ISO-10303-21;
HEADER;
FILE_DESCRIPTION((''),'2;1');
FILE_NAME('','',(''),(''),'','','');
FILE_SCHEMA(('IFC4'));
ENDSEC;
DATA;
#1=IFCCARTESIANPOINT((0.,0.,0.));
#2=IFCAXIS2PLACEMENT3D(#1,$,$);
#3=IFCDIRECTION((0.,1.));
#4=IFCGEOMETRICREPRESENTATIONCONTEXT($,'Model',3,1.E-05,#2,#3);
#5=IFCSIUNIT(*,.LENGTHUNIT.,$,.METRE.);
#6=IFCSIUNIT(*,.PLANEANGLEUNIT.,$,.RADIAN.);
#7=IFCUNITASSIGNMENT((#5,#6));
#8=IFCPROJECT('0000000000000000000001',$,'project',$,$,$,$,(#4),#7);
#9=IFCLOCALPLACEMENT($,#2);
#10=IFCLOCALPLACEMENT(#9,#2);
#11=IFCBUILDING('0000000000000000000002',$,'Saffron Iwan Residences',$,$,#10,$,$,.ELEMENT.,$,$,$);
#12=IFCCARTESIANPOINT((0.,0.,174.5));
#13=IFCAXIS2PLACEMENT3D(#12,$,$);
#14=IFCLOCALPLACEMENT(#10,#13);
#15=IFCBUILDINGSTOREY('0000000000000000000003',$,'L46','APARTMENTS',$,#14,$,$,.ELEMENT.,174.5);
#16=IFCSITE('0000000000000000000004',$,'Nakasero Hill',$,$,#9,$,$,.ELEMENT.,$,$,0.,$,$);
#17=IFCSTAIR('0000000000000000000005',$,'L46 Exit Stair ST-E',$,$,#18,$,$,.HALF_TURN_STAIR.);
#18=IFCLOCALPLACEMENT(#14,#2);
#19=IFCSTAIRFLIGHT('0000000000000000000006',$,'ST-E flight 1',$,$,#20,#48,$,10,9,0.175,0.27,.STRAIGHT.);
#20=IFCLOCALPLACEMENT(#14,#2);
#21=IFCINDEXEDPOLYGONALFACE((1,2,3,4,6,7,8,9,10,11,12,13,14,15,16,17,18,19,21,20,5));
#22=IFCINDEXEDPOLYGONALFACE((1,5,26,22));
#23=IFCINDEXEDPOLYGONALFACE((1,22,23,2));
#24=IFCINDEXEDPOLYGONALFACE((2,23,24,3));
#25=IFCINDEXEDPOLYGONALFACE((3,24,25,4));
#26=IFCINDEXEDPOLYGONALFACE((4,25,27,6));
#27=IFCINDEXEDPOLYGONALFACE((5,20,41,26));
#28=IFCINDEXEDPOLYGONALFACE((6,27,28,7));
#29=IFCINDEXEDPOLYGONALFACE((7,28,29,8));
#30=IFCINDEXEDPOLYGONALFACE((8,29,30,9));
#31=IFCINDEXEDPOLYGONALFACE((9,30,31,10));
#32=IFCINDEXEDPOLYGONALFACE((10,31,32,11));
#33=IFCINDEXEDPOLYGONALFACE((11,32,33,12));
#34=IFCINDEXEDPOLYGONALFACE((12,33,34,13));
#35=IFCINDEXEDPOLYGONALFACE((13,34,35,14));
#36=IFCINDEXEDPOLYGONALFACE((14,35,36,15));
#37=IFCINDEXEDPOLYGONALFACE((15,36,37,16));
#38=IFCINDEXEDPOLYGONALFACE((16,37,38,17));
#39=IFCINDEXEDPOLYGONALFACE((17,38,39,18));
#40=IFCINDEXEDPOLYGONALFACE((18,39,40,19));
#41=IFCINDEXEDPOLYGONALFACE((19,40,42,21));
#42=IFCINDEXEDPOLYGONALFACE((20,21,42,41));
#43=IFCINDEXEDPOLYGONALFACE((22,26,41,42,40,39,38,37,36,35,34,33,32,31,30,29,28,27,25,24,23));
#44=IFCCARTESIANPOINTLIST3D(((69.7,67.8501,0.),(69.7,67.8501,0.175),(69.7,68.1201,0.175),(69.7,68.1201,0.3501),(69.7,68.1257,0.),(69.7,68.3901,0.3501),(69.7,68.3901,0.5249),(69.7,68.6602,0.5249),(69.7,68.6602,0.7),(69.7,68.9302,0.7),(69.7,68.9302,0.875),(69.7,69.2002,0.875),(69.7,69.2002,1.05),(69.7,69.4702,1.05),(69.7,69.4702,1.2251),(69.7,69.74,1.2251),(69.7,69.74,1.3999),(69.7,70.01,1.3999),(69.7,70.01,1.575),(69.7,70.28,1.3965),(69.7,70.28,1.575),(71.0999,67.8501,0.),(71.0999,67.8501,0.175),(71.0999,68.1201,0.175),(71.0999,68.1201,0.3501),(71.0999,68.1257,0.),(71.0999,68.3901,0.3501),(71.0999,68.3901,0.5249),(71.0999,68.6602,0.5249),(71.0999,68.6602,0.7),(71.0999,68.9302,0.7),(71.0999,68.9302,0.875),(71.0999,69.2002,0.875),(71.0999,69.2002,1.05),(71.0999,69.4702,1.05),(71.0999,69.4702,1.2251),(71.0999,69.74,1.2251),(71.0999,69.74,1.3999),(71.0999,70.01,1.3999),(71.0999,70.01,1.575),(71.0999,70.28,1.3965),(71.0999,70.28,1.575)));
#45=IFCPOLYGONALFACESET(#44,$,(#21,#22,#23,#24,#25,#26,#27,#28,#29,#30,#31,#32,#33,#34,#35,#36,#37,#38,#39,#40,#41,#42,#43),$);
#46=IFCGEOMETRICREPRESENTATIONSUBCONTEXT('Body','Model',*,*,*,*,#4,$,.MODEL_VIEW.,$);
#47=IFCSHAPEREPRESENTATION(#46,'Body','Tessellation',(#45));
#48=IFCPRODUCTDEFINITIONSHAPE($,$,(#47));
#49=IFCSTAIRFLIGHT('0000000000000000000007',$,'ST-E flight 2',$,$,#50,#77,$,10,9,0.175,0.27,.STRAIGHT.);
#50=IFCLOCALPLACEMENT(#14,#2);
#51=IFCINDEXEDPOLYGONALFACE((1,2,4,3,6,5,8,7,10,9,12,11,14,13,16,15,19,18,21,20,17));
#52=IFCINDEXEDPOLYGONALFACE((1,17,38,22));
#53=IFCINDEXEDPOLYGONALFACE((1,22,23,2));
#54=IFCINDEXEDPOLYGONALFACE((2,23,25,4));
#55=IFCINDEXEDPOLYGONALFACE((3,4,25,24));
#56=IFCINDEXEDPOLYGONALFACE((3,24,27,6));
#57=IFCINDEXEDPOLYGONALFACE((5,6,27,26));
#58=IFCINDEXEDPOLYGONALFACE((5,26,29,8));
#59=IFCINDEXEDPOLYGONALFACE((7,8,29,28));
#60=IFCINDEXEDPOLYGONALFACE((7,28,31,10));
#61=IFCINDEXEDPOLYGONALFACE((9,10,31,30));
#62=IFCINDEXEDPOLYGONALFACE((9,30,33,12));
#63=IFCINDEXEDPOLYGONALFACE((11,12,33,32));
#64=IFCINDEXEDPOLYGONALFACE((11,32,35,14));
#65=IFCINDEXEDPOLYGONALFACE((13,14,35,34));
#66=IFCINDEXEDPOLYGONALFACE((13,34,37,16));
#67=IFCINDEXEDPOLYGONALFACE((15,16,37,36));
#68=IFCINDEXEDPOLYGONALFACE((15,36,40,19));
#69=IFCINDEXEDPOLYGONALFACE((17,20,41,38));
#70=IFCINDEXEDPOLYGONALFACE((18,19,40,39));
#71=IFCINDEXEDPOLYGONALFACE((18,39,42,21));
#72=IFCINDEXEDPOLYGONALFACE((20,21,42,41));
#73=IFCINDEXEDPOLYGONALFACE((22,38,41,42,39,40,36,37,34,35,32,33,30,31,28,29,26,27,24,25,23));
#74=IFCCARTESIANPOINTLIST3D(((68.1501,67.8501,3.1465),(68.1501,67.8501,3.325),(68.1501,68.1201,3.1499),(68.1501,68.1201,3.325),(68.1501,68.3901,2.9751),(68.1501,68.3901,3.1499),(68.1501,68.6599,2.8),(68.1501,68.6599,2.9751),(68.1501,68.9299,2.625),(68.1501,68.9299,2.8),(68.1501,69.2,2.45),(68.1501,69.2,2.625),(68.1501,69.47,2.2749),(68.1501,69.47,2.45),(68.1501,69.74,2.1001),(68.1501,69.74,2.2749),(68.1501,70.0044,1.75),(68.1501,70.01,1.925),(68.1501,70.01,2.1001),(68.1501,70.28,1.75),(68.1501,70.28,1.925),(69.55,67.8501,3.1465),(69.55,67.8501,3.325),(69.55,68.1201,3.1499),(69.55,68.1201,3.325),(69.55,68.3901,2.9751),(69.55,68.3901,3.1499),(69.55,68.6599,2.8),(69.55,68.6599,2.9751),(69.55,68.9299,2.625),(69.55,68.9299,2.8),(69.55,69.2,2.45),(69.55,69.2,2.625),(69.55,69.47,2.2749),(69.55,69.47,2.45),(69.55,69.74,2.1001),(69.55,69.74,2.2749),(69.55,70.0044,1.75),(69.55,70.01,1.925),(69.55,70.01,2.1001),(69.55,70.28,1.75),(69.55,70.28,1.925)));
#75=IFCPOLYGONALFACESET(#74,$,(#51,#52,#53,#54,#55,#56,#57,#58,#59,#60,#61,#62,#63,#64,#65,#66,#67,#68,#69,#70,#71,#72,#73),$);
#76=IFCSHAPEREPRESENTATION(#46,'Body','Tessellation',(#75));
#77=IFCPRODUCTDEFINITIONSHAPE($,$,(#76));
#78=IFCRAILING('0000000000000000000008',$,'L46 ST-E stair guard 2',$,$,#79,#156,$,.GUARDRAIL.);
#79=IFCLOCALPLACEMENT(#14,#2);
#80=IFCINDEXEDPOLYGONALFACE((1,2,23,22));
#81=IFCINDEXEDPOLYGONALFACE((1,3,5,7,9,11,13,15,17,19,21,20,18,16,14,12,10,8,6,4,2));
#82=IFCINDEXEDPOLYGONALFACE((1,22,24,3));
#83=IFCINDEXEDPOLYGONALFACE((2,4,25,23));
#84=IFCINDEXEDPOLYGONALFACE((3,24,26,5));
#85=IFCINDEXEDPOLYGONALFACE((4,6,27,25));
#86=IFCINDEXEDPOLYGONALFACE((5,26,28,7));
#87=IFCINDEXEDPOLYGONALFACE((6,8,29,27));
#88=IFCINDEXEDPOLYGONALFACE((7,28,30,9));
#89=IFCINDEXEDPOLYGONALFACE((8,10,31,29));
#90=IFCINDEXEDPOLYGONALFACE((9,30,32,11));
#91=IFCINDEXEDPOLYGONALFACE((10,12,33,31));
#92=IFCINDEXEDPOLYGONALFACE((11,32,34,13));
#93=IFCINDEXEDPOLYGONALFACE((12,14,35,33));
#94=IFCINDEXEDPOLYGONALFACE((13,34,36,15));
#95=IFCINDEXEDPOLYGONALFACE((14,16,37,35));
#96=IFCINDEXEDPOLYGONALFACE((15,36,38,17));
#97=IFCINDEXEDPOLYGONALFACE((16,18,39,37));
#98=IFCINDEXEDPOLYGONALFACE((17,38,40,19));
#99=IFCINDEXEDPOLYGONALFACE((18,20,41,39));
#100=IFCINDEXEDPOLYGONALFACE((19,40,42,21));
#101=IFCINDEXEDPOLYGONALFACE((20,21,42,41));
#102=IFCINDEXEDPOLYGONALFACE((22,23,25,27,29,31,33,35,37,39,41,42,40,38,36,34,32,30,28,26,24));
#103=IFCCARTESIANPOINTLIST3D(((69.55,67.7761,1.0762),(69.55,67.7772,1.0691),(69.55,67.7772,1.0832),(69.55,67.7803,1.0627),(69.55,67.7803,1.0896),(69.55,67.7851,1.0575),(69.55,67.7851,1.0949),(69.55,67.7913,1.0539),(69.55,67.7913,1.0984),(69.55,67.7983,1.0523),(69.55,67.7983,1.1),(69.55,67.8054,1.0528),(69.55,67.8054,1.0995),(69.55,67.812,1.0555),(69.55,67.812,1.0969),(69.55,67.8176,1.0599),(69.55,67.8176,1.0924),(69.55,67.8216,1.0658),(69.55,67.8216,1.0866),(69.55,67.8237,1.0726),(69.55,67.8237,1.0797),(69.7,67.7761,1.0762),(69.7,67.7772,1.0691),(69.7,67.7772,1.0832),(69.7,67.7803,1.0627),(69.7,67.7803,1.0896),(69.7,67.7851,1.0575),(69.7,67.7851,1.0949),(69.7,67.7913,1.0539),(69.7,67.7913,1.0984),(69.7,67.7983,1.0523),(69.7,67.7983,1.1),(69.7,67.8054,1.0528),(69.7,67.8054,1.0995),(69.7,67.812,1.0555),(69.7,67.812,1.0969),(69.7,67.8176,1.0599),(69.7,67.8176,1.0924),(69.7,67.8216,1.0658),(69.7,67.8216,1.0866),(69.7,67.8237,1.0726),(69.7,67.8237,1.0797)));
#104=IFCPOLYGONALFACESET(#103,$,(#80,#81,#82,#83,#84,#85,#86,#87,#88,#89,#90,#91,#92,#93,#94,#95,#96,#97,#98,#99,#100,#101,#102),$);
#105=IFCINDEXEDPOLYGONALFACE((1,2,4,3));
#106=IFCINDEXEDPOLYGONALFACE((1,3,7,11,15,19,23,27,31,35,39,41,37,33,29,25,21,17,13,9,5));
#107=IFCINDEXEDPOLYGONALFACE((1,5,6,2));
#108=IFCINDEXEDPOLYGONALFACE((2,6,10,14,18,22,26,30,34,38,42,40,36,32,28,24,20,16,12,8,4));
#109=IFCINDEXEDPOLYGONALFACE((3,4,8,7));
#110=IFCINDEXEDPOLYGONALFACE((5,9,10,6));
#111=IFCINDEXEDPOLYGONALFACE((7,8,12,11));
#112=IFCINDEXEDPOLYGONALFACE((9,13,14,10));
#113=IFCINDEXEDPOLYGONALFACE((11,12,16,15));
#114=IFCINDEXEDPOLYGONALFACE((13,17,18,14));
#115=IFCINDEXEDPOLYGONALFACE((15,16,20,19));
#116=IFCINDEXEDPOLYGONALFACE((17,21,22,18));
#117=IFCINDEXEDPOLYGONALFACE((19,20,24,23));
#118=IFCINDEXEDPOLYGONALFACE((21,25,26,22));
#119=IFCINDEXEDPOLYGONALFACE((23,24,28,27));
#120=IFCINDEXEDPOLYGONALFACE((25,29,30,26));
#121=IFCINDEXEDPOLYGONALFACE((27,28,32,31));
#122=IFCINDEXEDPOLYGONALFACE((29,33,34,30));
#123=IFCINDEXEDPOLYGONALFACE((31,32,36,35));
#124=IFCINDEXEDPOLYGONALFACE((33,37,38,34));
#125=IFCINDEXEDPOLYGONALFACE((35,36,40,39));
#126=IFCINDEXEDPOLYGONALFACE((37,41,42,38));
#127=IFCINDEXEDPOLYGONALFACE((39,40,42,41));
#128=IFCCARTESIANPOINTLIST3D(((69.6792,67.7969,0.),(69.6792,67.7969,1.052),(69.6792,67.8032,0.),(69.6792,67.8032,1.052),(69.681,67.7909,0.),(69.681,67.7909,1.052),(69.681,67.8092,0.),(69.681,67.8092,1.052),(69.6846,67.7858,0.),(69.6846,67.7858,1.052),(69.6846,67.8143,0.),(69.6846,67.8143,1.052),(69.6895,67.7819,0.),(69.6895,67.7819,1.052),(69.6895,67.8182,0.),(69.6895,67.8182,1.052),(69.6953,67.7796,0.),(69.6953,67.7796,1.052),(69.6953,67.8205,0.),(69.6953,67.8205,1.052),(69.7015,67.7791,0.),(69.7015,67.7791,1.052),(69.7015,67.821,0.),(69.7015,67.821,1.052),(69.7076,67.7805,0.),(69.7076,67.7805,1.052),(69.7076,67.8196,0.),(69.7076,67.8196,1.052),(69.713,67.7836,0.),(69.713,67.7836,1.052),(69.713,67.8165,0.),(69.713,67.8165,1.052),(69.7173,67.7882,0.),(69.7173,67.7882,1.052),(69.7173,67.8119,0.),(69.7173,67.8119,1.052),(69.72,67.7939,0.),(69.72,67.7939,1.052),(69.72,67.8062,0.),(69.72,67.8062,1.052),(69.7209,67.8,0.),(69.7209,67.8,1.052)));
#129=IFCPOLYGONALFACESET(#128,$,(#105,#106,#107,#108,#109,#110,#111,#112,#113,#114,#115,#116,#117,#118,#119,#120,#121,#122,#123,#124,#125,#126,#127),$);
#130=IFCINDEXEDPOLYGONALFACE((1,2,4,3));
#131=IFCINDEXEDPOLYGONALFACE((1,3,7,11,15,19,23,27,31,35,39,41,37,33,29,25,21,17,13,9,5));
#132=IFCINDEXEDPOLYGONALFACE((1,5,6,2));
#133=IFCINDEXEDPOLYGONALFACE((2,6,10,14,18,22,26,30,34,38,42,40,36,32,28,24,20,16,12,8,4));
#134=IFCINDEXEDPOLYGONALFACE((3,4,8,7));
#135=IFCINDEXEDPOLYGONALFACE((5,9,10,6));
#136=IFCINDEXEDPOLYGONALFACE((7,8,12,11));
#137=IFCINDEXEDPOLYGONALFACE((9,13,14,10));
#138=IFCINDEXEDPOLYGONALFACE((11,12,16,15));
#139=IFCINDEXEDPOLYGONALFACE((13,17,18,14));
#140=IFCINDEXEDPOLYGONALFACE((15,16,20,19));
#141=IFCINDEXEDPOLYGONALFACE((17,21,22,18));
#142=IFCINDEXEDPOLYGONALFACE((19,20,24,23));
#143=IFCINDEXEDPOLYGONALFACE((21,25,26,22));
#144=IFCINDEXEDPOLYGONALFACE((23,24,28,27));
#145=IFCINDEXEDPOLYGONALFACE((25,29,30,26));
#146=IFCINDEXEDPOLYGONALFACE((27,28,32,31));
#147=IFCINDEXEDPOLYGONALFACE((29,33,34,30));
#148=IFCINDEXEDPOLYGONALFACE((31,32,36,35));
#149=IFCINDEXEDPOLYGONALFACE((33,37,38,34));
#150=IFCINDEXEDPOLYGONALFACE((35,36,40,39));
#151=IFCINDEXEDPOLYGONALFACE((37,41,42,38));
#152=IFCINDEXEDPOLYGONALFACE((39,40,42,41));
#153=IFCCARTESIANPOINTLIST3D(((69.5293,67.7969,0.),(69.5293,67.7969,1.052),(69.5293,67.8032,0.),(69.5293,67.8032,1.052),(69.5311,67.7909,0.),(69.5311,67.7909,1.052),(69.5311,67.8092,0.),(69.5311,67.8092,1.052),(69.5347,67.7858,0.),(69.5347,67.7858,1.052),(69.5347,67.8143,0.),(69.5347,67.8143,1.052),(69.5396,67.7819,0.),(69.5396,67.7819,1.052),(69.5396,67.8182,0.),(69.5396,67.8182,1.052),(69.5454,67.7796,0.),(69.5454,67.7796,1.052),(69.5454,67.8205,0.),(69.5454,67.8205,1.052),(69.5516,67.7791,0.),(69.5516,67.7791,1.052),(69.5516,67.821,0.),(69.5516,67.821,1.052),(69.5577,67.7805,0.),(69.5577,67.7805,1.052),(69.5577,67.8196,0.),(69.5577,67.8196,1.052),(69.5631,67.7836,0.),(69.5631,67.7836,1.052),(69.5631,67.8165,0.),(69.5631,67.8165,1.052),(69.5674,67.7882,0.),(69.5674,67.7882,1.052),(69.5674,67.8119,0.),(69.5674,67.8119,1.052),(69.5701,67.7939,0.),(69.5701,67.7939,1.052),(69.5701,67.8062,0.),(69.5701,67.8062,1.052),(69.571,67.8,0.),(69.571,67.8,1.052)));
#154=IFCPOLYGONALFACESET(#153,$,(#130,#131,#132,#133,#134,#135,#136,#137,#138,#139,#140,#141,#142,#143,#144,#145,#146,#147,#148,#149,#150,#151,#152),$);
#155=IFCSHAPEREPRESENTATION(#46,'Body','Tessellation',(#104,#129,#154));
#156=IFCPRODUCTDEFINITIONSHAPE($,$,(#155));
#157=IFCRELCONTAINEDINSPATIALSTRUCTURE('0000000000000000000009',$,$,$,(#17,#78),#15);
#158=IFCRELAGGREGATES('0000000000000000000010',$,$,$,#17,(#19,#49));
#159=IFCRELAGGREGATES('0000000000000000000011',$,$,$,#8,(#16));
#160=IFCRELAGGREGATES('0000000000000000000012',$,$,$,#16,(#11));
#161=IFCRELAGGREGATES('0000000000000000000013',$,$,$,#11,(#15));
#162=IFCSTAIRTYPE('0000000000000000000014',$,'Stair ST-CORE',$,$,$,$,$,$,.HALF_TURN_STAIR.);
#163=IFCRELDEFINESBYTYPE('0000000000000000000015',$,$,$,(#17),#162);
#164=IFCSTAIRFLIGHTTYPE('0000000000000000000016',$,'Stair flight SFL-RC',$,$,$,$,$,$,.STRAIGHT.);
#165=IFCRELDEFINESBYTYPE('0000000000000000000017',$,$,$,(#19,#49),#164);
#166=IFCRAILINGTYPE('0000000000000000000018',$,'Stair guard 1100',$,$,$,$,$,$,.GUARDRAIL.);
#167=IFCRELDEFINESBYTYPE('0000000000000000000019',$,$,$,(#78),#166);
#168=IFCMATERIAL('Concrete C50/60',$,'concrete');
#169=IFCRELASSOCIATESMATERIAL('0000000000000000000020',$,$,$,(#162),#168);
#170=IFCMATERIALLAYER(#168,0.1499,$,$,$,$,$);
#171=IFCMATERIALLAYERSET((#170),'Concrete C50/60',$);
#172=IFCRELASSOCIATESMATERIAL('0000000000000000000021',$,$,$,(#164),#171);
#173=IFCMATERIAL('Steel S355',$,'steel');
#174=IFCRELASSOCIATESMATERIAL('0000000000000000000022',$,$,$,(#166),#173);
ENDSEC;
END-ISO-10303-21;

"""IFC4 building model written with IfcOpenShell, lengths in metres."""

from ifc_helpers import new_model, si_unit, direction, frame, origin, origin_2d, place, context, subcontext, project, spatial, polyline, circle, outline, extrude, material, layer, layer_set, type_object, element, aggregate, save


model = new_model("IFC4")

# Units and contexts
model_context = context("Model", 3, precision=1e-05, world=origin(), true_north=direction((0.0, 1.0)))
body_context = subcontext(model_context, "Body", "Model", "MODEL_VIEW")
ifc_project = project(units=[si_unit("LENGTHUNIT", "METRE"), si_unit("PLANEANGLEUNIT", "RADIAN")], contexts=[model_context])

# Site, building, storey
site_placement = place(None, origin())
site = spatial("IfcSite", under=ifc_project, at=site_placement, Name="Nakasero Hill", CompositionType="ELEMENT", RefElevation=0.0)
building_placement = place(site_placement, origin())
building = spatial("IfcBuilding", under=site, at=building_placement, Name="Saffron Iwan Residences", CompositionType="ELEMENT")
storey_placement = place(building_placement, frame((0.0, 0.0, 174.5)))
storey = spatial("IfcBuildingStorey", under=building, at=storey_placement, Name="L46", Description="APARTMENTS", CompositionType="ELEMENT", Elevation=174.5)

# Shared definitions
ifc_material_1 = material(Name="Concrete C50/60", Category="concrete")

# Stair, stair flights
stair_type = type_object("IfcStairType", Name="Stair ST-CORE", PredefinedType="HALF_TURN_STAIR", material=ifc_material_1)
stair_placement = place(storey_placement, origin())
stair = element("IfcStair", 1, at=stair_placement, inside=storey, type_object=stair_type, Name="L46 Exit Stair ST-E", PredefinedType="HALF_TURN_STAIR")
ifc_layer_1 = layer(ifc_material_1, 0.1499)
ifc_layer_set_1 = layer_set([ifc_layer_1], Name="Concrete C50/60")
stair_flight_type = type_object("IfcStairFlightType", Name="Stair flight SFL-RC", PredefinedType="STRAIGHT", material=ifc_layer_set_1)
stair_flight_1_placement = place(storey_placement, frame((70.3999, 67.8501, 0.0), z_axis=(0.0, 0.0, 1.0), x_axis=(0.0, 1.0, 0.0)))
stair_flight_1 = element("IfcStairFlight", 2, at=stair_flight_1_placement, type_object=stair_flight_type, Name="ST-E flight 1", NumberOfRisers=10, NumberOfTreads=9, PredefinedType="STRAIGHT", RiserHeight=0.175, TreadLength=0.27, context=body_context, shape_type="SweptSolid", body=[
    extrude(outline(polyline([(0.0, 0.0), (0.0, 0.175), (0.27, 0.175), (0.27, 0.3501), (0.54, 0.3501), (0.54, 0.5249), (0.8101, 0.5249), (0.8101, 0.7), (1.0801, 0.7), (1.0801, 0.875), (1.3501, 0.875), (1.3501, 1.05), (1.6201, 1.05), (1.6201, 1.2251), (1.8899, 1.2251), (1.8899, 1.3999), (2.1599, 1.3999), (2.1599, 1.575), (2.4299, 1.575), (2.4299, 1.75), (2.4299, 1.3965), (0.2756, 0.0), (0.0, 0.0)])), frame((0.0, 0.7, 0.0), z_axis=(0.0, -1.0, 0.0), x_axis=(1.0, 0.0, 0.0)), (0.0, 0.0, 1.0), 1.3999),
])
stair_flight_2_placement = place(storey_placement, frame((68.8501, 70.28, 1.75), z_axis=(0.0, 0.0, 1.0), x_axis=(0.0, -1.0, 0.0)))
stair_flight_2 = element("IfcStairFlight", 3, at=stair_flight_2_placement, type_object=stair_flight_type, Name="ST-E flight 2", NumberOfRisers=10, NumberOfTreads=9, PredefinedType="STRAIGHT", RiserHeight=0.175, TreadLength=0.27, context=body_context, shape_type="SweptSolid", body=[
    extrude(outline(polyline([(0.0, 0.0), (0.0, 0.175), (0.27, 0.175), (0.27, 0.3501), (0.54, 0.3501), (0.54, 0.5249), (0.8101, 0.5249), (0.8101, 0.7), (1.0801, 0.7), (1.0801, 0.875), (1.3501, 0.875), (1.3501, 1.05), (1.6201, 1.05), (1.6201, 1.2251), (1.8899, 1.2251), (1.8899, 1.3999), (2.1599, 1.3999), (2.1599, 1.575), (2.4299, 1.575), (2.4299, 1.75), (2.4299, 1.3965), (0.2756, 0.0), (0.0, 0.0)])), frame((0.0, 0.7, 0.0), z_axis=(0.0, -1.0, 0.0), x_axis=(1.0, 0.0, 0.0)), (0.0, 0.0, 1.0), 1.3999),
])
aggregate(stair, [stair_flight_1, stair_flight_2])

# Railing
ifc_material_2 = material(Name="Steel S355", Category="steel")
railing_type_1 = type_object("IfcRailingType", Name="Stair guard 1100", PredefinedType="GUARDRAIL", material=ifc_material_2)
railing_1_placement = place(storey_placement, frame((69.7, 67.8, 0.0)))
element("IfcRailing", 4, at=railing_1_placement, inside=storey, type_object=railing_type_1, Name="L46 ST-E stair guard 2", PredefinedType="GUARDRAIL", context=body_context, shape_type="SweptSolid", body=[
    extrude(circle(Radius=0.0239, at=origin_2d()), frame((0.0, 0.0, 1.0762), z_axis=(-1.0, 0.0, 0.0), x_axis=(0.0, -1.0, 0.0)), (0.0, 0.0, 1.0), 0.1499),
    extrude(circle(Radius=0.021, at=origin_2d()), origin(), (0.0, 0.0, 1.0), 1.052),
    extrude(circle(Radius=0.021, at=origin_2d()), frame((-0.1499, 0.0, 0.0)), (0.0, 0.0, 1.0), 1.052),
])

save(model, "model.ifc")
